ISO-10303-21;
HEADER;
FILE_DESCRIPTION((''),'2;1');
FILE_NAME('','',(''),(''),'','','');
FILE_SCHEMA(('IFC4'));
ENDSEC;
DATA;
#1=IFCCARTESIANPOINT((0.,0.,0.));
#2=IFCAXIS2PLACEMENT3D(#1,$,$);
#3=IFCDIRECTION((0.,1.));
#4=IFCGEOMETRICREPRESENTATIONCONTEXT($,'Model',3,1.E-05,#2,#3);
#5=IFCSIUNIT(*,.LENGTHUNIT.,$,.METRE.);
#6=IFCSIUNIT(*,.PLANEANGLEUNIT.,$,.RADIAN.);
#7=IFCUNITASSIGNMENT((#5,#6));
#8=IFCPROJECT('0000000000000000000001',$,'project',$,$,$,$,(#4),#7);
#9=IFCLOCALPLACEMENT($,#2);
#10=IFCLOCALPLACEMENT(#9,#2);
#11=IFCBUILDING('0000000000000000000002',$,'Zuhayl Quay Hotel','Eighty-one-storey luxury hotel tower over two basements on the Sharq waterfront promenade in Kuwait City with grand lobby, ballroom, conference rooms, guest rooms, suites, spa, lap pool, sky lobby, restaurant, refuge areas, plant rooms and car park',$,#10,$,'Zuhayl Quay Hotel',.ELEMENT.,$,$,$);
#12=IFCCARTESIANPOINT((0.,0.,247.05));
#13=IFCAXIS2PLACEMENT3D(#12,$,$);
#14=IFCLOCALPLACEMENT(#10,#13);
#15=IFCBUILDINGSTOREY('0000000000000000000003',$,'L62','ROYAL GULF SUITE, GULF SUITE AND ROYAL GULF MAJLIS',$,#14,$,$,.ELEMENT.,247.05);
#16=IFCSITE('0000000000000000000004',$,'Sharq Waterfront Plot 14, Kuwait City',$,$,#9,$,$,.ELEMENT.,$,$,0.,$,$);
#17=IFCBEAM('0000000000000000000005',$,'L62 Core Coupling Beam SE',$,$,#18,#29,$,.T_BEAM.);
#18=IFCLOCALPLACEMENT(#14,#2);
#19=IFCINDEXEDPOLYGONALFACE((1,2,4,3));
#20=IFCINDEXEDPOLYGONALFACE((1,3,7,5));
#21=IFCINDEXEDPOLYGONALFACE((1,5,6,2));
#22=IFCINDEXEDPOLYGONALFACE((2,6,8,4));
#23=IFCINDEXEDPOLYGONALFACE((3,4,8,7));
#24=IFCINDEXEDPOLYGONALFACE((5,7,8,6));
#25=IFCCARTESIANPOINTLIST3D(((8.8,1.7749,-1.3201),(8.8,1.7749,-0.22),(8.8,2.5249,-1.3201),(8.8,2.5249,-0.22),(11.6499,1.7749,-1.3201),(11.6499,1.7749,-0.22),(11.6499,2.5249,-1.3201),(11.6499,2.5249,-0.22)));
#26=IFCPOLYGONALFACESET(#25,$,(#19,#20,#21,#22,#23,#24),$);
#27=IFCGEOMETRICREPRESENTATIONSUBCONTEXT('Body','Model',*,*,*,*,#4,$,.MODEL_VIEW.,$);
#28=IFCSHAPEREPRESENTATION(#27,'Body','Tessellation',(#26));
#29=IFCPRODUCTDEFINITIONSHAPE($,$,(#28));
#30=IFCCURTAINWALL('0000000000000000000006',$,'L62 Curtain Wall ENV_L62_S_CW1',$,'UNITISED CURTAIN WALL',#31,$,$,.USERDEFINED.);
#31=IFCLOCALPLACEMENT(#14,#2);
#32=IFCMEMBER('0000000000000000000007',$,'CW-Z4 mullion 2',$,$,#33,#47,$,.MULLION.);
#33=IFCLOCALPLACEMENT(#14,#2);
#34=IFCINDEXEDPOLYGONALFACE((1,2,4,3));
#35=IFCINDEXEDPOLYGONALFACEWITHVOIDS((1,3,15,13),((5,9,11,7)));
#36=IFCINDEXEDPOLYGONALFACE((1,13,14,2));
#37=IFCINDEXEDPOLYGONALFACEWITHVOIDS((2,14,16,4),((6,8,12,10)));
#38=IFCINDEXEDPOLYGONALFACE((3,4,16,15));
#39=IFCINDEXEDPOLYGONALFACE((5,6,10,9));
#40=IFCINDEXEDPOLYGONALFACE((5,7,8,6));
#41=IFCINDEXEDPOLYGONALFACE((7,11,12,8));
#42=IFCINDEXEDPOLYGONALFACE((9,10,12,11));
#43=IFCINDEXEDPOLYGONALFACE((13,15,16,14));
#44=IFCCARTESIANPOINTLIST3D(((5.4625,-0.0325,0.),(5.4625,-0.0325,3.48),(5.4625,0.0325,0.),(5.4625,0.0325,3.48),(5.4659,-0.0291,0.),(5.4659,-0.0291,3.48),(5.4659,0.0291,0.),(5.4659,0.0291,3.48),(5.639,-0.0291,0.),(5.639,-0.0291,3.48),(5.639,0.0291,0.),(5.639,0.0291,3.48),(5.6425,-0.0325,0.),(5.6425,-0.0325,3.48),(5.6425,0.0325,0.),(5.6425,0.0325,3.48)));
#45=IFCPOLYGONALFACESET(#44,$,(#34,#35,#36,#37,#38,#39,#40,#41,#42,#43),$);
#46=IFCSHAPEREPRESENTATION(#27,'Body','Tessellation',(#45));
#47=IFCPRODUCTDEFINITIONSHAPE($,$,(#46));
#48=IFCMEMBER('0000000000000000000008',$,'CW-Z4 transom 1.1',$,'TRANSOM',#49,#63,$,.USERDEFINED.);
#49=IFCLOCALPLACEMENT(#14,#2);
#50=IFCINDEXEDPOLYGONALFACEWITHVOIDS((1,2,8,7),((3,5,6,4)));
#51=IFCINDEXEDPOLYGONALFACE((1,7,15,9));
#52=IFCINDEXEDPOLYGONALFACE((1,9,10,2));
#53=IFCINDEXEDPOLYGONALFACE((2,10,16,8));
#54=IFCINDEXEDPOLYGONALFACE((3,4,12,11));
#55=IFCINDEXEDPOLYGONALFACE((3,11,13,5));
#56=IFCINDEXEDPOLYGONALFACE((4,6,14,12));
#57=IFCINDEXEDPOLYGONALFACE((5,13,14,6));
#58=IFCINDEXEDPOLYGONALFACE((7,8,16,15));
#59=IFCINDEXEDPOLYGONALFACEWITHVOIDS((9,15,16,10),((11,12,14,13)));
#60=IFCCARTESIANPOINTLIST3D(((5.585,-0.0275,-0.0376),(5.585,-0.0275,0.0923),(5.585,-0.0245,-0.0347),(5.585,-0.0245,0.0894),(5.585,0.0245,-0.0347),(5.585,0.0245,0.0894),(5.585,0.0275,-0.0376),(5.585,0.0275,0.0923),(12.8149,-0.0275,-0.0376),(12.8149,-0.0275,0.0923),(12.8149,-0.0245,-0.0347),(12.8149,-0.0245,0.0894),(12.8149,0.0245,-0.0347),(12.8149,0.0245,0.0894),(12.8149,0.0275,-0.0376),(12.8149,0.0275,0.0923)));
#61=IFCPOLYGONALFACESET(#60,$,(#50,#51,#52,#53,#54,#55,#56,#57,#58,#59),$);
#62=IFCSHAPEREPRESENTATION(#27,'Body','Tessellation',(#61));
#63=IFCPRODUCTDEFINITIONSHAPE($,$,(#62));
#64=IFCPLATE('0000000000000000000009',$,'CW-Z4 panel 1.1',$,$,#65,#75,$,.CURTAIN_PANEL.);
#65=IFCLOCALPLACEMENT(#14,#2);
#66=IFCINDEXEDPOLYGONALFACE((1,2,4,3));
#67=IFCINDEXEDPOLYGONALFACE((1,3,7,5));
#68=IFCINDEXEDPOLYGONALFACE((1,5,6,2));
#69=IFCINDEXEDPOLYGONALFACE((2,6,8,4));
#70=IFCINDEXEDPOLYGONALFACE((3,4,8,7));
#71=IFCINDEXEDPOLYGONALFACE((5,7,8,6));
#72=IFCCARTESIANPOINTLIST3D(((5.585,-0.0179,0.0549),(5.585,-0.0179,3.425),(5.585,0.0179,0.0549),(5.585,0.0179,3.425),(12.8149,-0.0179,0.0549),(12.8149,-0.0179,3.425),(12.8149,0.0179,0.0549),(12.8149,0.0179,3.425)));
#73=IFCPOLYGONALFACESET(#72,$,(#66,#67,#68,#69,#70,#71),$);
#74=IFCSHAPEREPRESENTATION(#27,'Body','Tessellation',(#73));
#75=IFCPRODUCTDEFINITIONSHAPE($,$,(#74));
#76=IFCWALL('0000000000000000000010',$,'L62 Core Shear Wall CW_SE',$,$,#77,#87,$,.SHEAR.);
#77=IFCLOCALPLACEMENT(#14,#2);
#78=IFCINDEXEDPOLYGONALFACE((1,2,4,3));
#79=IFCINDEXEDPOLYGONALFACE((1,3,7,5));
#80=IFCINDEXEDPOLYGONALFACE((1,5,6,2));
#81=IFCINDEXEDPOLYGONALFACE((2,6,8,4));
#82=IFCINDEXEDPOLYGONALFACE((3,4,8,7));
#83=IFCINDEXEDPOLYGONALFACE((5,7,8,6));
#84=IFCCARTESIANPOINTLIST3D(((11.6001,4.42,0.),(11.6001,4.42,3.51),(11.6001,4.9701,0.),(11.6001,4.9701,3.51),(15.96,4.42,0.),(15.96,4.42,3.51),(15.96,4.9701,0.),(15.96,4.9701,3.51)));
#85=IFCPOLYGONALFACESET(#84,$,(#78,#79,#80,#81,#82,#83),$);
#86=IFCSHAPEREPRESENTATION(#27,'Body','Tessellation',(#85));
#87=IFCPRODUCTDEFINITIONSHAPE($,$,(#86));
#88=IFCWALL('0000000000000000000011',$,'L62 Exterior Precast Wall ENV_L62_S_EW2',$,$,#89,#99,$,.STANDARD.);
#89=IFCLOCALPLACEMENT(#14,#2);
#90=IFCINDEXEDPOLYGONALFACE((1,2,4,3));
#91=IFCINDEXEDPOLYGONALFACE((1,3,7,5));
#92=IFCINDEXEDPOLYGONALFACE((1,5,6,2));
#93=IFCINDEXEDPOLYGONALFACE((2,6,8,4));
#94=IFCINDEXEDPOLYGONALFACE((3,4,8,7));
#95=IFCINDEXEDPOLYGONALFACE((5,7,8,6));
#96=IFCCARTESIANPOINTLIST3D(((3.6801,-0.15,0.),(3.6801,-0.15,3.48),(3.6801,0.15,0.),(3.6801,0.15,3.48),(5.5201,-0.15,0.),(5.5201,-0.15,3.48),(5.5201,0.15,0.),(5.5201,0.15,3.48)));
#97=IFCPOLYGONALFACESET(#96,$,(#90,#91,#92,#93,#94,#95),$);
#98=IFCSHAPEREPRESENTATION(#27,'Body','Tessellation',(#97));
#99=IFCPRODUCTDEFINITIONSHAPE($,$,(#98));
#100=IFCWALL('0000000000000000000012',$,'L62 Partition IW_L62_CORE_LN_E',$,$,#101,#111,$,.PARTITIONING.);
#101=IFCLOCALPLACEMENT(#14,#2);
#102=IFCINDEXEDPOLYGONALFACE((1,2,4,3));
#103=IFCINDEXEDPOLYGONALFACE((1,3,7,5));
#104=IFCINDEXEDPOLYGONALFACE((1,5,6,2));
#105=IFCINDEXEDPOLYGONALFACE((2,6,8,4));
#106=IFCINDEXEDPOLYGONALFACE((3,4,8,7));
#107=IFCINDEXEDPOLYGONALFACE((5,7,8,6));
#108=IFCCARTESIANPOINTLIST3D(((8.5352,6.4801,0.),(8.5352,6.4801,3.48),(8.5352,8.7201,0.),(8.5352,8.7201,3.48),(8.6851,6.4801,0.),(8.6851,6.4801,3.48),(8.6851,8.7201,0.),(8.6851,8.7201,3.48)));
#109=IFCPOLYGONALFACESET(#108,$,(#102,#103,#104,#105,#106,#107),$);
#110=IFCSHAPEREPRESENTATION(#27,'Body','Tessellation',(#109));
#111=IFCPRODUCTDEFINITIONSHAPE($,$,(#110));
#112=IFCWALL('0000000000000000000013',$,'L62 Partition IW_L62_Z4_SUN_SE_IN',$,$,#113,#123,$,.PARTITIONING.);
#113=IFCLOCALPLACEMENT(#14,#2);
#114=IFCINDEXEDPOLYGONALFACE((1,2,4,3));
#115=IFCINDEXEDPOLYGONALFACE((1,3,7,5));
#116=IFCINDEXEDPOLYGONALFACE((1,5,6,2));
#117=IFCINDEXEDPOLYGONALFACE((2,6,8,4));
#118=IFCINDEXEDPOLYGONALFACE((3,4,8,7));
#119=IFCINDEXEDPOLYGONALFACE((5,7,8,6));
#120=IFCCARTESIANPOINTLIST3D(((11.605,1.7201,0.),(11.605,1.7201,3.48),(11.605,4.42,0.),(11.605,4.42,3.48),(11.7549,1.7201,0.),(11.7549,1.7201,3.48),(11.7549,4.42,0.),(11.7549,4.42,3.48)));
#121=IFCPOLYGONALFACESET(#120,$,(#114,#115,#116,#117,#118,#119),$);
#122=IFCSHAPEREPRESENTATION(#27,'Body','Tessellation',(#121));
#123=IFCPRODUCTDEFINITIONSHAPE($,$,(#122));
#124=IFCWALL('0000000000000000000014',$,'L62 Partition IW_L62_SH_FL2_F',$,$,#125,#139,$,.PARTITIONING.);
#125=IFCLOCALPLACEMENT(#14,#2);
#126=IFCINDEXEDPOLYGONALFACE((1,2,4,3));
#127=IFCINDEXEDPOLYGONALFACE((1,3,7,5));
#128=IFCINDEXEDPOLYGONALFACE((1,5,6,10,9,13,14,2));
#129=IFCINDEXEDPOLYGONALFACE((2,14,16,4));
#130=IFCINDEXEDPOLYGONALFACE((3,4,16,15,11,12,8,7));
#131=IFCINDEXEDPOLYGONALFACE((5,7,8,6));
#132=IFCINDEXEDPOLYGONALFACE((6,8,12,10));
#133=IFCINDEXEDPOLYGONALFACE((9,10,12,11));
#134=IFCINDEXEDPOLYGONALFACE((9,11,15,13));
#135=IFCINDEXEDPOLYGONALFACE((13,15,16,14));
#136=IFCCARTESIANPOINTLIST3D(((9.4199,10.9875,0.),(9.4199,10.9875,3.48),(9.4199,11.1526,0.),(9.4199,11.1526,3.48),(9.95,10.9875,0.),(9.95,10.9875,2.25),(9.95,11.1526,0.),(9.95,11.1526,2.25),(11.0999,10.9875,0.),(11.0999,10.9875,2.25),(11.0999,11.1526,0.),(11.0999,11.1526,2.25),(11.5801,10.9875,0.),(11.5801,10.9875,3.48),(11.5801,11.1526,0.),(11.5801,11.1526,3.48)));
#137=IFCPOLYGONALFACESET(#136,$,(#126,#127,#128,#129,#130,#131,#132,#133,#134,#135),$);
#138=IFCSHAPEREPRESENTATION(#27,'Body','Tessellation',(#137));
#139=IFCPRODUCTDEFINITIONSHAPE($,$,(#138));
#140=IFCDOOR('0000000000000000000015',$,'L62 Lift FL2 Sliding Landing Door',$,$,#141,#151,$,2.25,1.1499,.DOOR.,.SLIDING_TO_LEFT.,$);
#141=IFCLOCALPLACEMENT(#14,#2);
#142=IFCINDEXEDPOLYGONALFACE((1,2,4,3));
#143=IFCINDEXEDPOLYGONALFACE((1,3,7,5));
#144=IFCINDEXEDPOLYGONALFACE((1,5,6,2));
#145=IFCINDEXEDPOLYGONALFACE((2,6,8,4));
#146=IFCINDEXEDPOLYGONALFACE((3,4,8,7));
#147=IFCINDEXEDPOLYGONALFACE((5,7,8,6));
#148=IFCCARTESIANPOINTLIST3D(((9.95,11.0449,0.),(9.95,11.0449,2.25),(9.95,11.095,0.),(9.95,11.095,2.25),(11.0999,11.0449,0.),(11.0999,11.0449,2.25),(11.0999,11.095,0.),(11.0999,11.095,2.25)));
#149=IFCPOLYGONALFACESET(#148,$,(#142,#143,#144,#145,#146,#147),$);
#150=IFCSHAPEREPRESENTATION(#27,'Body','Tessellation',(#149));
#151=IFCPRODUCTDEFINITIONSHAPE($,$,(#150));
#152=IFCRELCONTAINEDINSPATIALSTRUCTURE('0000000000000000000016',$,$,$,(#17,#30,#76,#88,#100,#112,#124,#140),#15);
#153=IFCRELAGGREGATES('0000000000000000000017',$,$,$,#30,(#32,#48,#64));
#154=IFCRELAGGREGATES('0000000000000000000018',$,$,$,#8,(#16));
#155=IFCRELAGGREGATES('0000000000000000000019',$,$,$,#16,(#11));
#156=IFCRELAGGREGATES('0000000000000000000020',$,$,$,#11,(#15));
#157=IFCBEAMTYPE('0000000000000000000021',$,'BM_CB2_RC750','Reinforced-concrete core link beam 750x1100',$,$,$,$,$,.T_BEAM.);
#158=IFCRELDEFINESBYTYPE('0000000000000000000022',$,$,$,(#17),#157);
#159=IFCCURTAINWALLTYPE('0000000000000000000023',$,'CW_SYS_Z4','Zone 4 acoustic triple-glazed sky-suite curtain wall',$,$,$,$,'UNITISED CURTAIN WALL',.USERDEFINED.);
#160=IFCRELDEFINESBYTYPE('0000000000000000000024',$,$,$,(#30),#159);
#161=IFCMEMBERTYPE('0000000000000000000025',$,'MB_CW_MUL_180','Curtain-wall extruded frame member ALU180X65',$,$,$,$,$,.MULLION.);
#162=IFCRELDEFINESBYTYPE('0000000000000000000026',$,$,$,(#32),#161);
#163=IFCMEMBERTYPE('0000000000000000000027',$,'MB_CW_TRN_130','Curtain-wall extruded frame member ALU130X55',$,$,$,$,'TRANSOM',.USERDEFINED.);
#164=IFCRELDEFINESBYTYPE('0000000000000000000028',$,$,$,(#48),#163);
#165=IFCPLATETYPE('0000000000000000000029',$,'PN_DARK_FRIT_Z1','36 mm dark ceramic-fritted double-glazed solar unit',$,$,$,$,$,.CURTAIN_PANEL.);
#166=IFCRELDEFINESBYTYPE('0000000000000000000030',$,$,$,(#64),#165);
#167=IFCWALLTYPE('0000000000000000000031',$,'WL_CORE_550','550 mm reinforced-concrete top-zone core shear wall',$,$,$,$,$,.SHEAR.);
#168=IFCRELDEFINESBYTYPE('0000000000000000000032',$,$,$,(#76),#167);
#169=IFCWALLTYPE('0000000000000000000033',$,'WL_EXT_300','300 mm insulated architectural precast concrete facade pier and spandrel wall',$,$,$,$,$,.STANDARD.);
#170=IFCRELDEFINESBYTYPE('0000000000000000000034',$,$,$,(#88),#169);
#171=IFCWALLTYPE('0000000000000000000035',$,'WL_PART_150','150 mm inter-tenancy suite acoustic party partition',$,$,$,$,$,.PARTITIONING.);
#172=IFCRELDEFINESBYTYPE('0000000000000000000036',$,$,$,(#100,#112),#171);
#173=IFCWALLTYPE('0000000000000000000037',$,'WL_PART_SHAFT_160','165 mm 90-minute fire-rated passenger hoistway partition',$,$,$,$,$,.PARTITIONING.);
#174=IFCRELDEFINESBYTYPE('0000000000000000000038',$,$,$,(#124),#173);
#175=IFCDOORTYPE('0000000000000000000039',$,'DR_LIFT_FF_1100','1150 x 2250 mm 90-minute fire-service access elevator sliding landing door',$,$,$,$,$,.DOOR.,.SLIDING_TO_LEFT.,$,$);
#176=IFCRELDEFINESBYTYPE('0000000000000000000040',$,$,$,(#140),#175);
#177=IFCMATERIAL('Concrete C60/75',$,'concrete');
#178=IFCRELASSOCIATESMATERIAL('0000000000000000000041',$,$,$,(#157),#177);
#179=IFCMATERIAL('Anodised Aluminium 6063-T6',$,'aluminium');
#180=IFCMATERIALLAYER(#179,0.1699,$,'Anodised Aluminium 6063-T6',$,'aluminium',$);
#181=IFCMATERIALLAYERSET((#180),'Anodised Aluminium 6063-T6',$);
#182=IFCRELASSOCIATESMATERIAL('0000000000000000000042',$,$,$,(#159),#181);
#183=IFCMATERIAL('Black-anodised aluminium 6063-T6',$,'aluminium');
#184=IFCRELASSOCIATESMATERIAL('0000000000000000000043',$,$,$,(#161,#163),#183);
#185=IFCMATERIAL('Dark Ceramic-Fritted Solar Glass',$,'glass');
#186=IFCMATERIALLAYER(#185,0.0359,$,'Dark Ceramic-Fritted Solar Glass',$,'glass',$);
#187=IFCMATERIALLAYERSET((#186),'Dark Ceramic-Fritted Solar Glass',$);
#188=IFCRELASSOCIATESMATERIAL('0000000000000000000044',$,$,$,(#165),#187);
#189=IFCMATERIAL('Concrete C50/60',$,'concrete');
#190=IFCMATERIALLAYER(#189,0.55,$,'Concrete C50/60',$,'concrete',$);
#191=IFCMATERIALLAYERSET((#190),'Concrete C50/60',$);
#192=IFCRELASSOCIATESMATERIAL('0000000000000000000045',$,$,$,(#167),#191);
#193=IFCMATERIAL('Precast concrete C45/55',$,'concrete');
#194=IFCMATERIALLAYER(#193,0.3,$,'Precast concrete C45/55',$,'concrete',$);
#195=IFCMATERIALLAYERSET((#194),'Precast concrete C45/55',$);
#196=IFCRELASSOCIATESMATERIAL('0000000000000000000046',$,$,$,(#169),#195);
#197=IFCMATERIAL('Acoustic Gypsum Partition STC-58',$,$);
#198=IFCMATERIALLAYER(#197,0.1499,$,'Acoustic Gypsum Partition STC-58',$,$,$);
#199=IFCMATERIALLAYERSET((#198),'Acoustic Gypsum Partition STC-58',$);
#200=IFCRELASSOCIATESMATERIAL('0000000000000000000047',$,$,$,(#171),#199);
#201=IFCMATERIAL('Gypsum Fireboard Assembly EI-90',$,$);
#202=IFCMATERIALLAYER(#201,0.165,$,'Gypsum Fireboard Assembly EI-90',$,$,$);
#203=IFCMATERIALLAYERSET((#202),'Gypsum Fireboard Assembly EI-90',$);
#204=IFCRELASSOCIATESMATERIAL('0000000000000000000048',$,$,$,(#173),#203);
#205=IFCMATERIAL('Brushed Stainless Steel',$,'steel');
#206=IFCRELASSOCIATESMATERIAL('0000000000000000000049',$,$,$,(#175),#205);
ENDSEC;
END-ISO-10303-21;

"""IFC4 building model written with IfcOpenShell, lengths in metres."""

from ifc_helpers import new_model, si_unit, direction, frame, frame_2d, origin, origin_2d, place, context, subcontext, project, spatial, rectangle, hollow_rectangle, extrude, material, layer, layer_set, material_profile, profile_set, type_object, element, fill, aggregate, save


model = new_model("IFC4")

# Units and contexts
model_context = context("Model", 3, precision=1e-05, world=origin(), true_north=direction((0.0, 1.0)))
body_context = subcontext(model_context, "Body", "Model", "MODEL_VIEW")
ifc_project = project(units=[si_unit("LENGTHUNIT", "METRE"), si_unit("PLANEANGLEUNIT", "RADIAN")], contexts=[model_context])

# Site, building, storey
site_placement = place(None, origin())
site = spatial("IfcSite", under=ifc_project, at=site_placement, Name="Sharq Waterfront Plot 14, Kuwait City", CompositionType="ELEMENT", RefElevation=0.0)
building_placement = place(site_placement, origin())
building = spatial("IfcBuilding", under=site, at=building_placement, Name="Zuhayl Quay Hotel", Description="Eighty-one-storey luxury hotel tower over two basements on the Sharq waterfront promenade in Kuwait City with grand lobby, ballroom, conference rooms, guest rooms, suites, spa, lap pool, sky lobby, restaurant, refuge areas, plant rooms and car park", LongName="Zuhayl Quay Hotel", CompositionType="ELEMENT")
storey_placement = place(building_placement, frame((0.0, 0.0, 247.05)))
storey = spatial("IfcBuildingStorey", under=building, at=storey_placement, Name="L62", Description="ROYAL GULF SUITE, GULF SUITE AND ROYAL GULF MAJLIS", CompositionType="ELEMENT", Elevation=247.05)

# Beam
ifc_material_1 = material(Name="Concrete C60/75", Category="concrete")
ifc_material_profile_1 = material_profile(ifc_material_1, rectangle(XDim=0.75, YDim=1.1001, at=origin_2d()), Name="RC750X1100")
ifc_profile_set_1 = profile_set([ifc_material_profile_1], Name="Concrete C60/75")
beam_type = type_object("IfcBeamType", Name="BM_CB2_RC750", Description="Reinforced-concrete core link beam 750x1100", PredefinedType="T_BEAM", material=ifc_profile_set_1)
beam_placement = place(storey_placement, frame((8.8, 2.1499, -0.77), z_axis=(1.0, 0.0, 0.0), x_axis=(0.0, 1.0, 0.0)))
element("IfcBeam", 1, at=beam_placement, inside=storey, type_object=beam_type, Name="L62 Core Coupling Beam SE", PredefinedType="T_BEAM", context=body_context, shape_type="SweptSolid", body=[
    extrude(rectangle(XDim=0.75, YDim=1.1001, at=origin_2d()), origin(), (0.0, 0.0, 1.0), 2.8499),
])

# Curtain wall, members, plate
ifc_material_2 = material(Name="Anodised Aluminium 6063-T6", Category="aluminium")
ifc_layer_1 = layer(ifc_material_2, 0.1699, Name="Anodised Aluminium 6063-T6", Category="aluminium")
ifc_layer_set_1 = layer_set([ifc_layer_1], Name="Anodised Aluminium 6063-T6")
curtain_wall_type = type_object("IfcCurtainWallType", Name="CW_SYS_Z4", Description="Zone 4 acoustic triple-glazed sky-suite curtain wall", ElementType="UNITISED CURTAIN WALL", PredefinedType="USERDEFINED", material=ifc_layer_set_1)
curtain_wall_placement = place(storey_placement, origin())
curtain_wall = element("IfcCurtainWall", 2, at=curtain_wall_placement, inside=storey, type_object=curtain_wall_type, Name="L62 Curtain Wall ENV_L62_S_CW1", ObjectType="UNITISED CURTAIN WALL", PredefinedType="USERDEFINED")
ifc_material_3 = material(Name="Black-anodised aluminium 6063-T6", Category="aluminium")
ifc_material_profile_2 = material_profile(ifc_material_3, hollow_rectangle(XDim=0.0649, YDim=0.1799, WallThickness=0.0034, at=origin_2d()), Name="ALU180X65")
ifc_profile_set_2 = profile_set([ifc_material_profile_2], Name="Black-anodised aluminium 6063-T6")
member_type_1 = type_object("IfcMemberType", Name="MB_CW_MUL_180", Description="Curtain-wall extruded frame member ALU180X65", PredefinedType="MULLION", material=ifc_profile_set_2)
member_1_placement = place(storey_placement, frame((5.5525, 0.0, 0.0), z_axis=(0.0, 0.0, 1.0), x_axis=(0.0, -1.0, 0.0)))
member_1 = element("IfcMember", 3, at=member_1_placement, type_object=member_type_1, Name="CW-Z4 mullion 2", PredefinedType="MULLION", context=body_context, shape_type="SweptSolid", body=[
    extrude(hollow_rectangle(XDim=0.0649, YDim=0.1799, WallThickness=0.0034, at=origin_2d()), origin(), (0.0, 0.0, 1.0), 3.48),
])
ifc_material_profile_3 = material_profile(ifc_material_3, hollow_rectangle(XDim=0.0549, YDim=0.1299, WallThickness=0.0029, at=origin_2d()), Name="ALU130X55")
ifc_profile_set_3 = profile_set([ifc_material_profile_3], Name="Black-anodised aluminium 6063-T6")
member_type_2 = type_object("IfcMemberType", Name="MB_CW_TRN_130", Description="Curtain-wall extruded frame member ALU130X55", ElementType="TRANSOM", PredefinedType="USERDEFINED", material=ifc_profile_set_3)
member_2_placement = place(storey_placement, frame((12.8149, 0.0, 0.0273), z_axis=(-1.0, 0.0, 0.0), x_axis=(0.0, -1.0, 0.0)))
member_2 = element("IfcMember", 4, at=member_2_placement, type_object=member_type_2, Name="CW-Z4 transom 1.1", ObjectType="TRANSOM", PredefinedType="USERDEFINED", context=body_context, shape_type="SweptSolid", body=[
    extrude(hollow_rectangle(XDim=0.0549, YDim=0.1299, WallThickness=0.0029, at=origin_2d()), origin(), (0.0, 0.0, 1.0), 7.23),
])
ifc_material_4 = material(Name="Dark Ceramic-Fritted Solar Glass", Category="glass")
ifc_layer_2 = layer(ifc_material_4, 0.0359, Name="Dark Ceramic-Fritted Solar Glass", Category="glass")
ifc_layer_set_2 = layer_set([ifc_layer_2], Name="Dark Ceramic-Fritted Solar Glass")
plate_type = type_object("IfcPlateType", Name="PN_DARK_FRIT_Z1", Description="36 mm dark ceramic-fritted double-glazed solar unit", PredefinedType="CURTAIN_PANEL", material=ifc_layer_set_2)
plate_placement = place(storey_placement, frame((9.2, 0.0, 0.0549), z_axis=(0.0, 0.0, 1.0), x_axis=(-1.0, 0.0, 0.0)))
plate = element("IfcPlate", 5, at=plate_placement, type_object=plate_type, Name="CW-Z4 panel 1.1", PredefinedType="CURTAIN_PANEL", context=body_context, shape_type="SweptSolid", body=[
    extrude(rectangle(XDim=7.23, YDim=0.0359, at=origin_2d()), origin(), (0.0, 0.0, 1.0), 3.3701),
])
aggregate(curtain_wall, [member_1, member_2, plate])

# Walls
ifc_material_5 = material(Name="Concrete C50/60", Category="concrete")
ifc_layer_3 = layer(ifc_material_5, 0.55, Name="Concrete C50/60", Category="concrete")
ifc_layer_set_3 = layer_set([ifc_layer_3], Name="Concrete C50/60")
wall_type_1 = type_object("IfcWallType", Name="WL_CORE_550", Description="550 mm reinforced-concrete top-zone core shear wall", PredefinedType="SHEAR", material=ifc_layer_set_3)
wall_1_placement = place(storey_placement, frame((11.6001, 4.6951, 0.0), z_axis=(0.0, 0.0, 1.0), x_axis=(1.0, 0.0, 0.0)))
element("IfcWall", 6, at=wall_1_placement, inside=storey, type_object=wall_type_1, Name="L62 Core Shear Wall CW_SE", PredefinedType="SHEAR", context=body_context, shape_type="SweptSolid", body=[
    extrude(rectangle(XDim=4.3599, YDim=0.55, at=frame_2d((2.1799, 0.0))), origin(), (0.0, 0.0, 1.0), 3.51),
])
ifc_material_6 = material(Name="Precast concrete C45/55", Category="concrete")
ifc_layer_4 = layer(ifc_material_6, 0.3, Name="Precast concrete C45/55", Category="concrete")
ifc_layer_set_4 = layer_set([ifc_layer_4], Name="Precast concrete C45/55")
wall_type_2 = type_object("IfcWallType", Name="WL_EXT_300", Description="300 mm insulated architectural precast concrete facade pier and spandrel wall", PredefinedType="STANDARD", material=ifc_layer_set_4)
wall_2_placement = place(storey_placement, frame((5.52, 0.0, 0.0), z_axis=(0.0, 0.0, 1.0), x_axis=(-1.0, 0.0, 0.0)))
element("IfcWall", 7, at=wall_2_placement, inside=storey, type_object=wall_type_2, Name="L62 Exterior Precast Wall ENV_L62_S_EW2", PredefinedType="STANDARD", context=body_context, shape_type="SweptSolid", body=[
    extrude(rectangle(XDim=1.8401, YDim=0.3, at=frame_2d((0.9199, 0.0))), origin(), (0.0, 0.0, 1.0), 3.48),
])
ifc_material_7 = material(Name="Acoustic Gypsum Partition STC-58")
ifc_layer_5 = layer(ifc_material_7, 0.1499, Name="Acoustic Gypsum Partition STC-58")
ifc_layer_set_5 = layer_set([ifc_layer_5], Name="Acoustic Gypsum Partition STC-58")
wall_type_3 = type_object("IfcWallType", Name="WL_PART_150", Description="150 mm inter-tenancy suite acoustic party partition", PredefinedType="PARTITIONING", material=ifc_layer_set_5)
wall_3_placement = place(storey_placement, frame((8.6101, 6.48, 0.0), z_axis=(0.0, 0.0, 1.0), x_axis=(0.0, 1.0, 0.0)))
element("IfcWall", 8, at=wall_3_placement, inside=storey, type_object=wall_type_3, Name="L62 Partition IW_L62_CORE_LN_E", PredefinedType="PARTITIONING", context=body_context, shape_type="SweptSolid", body=[
    extrude(rectangle(XDim=2.24, YDim=0.1499, at=frame_2d((1.1201, 0.0))), origin(), (0.0, 0.0, 1.0), 3.48),
])
wall_4_placement = place(storey_placement, frame((11.6799, 1.72, 0.0), z_axis=(0.0, 0.0, 1.0), x_axis=(0.0, 1.0, 0.0)))
element("IfcWall", 9, at=wall_4_placement, inside=storey, type_object=wall_type_3, Name="L62 Partition IW_L62_Z4_SUN_SE_IN", PredefinedType="PARTITIONING", context=body_context, shape_type="SweptSolid", body=[
    extrude(rectangle(XDim=2.7, YDim=0.1499, at=frame_2d((1.3501, 0.0))), origin(), (0.0, 0.0, 1.0), 3.48),
])

# Wall, opening, door
ifc_material_8 = material(Name="Gypsum Fireboard Assembly EI-90")
ifc_layer_6 = layer(ifc_material_8, 0.165, Name="Gypsum Fireboard Assembly EI-90")
ifc_layer_set_6 = layer_set([ifc_layer_6], Name="Gypsum Fireboard Assembly EI-90")
wall_type_4 = type_object("IfcWallType", Name="WL_PART_SHAFT_160", Description="165 mm 90-minute fire-rated passenger hoistway partition", PredefinedType="PARTITIONING", material=ifc_layer_set_6)
wall_5_placement = place(storey_placement, frame((9.4199, 11.0701, 0.0), z_axis=(0.0, 0.0, 1.0), x_axis=(1.0, 0.0, 0.0)))
wall_5 = element("IfcWall", 10, at=wall_5_placement, inside=storey, type_object=wall_type_4, Name="L62 Partition IW_L62_SH_FL2_F", PredefinedType="PARTITIONING", context=body_context, shape_type="SweptSolid", body=[
    extrude(rectangle(XDim=2.1602, YDim=0.165, at=frame_2d((1.0801, 0.0))), origin(), (0.0, 0.0, 1.0), 3.48),
])
opening_1_placement = place(wall_5_placement, frame((0.53, 0.0, 0.0)))
opening_1 = element("IfcOpeningElement", 11, at=opening_1_placement, cuts=wall_5, PredefinedType="OPENING", context=body_context, shape_type="SweptSolid", body=[
    extrude(rectangle(XDim=1.1499, YDim=2.25, at=frame_2d((0.575, 1.125))), frame((0.0, 0.0925, 0.0), z_axis=(0.0, -1.0, 0.0), x_axis=(1.0, 0.0, 0.0)), (0.0, 0.0, 1.0), 0.1851),
])
ifc_material_9 = material(Name="Brushed Stainless Steel", Category="steel")
door_type_1 = type_object("IfcDoorType", Name="DR_LIFT_FF_1100", Description="1150 x 2250 mm 90-minute fire-service access elevator sliding landing door", OperationType="SLIDING_TO_LEFT", PredefinedType="DOOR", material=ifc_material_9)
door_1_placement = place(opening_1_placement, origin())
door_1 = element("IfcDoor", 12, at=door_1_placement, inside=storey, type_object=door_type_1, Name="L62 Lift FL2 Sliding Landing Door", OperationType="SLIDING_TO_LEFT", OverallHeight=2.25, OverallWidth=1.1499, PredefinedType="DOOR", context=body_context, shape_type="SweptSolid", body=[
    extrude(rectangle(XDim=1.1499, YDim=2.25, at=frame_2d((0.575, 1.125))), frame((0.0, 0.0249, 0.0), z_axis=(0.0, -1.0, 0.0), x_axis=(1.0, 0.0, 0.0)), (0.0, 0.0, 1.0), 0.05),
])
fill(opening_1, door_1)

save(model, "model.ifc")
